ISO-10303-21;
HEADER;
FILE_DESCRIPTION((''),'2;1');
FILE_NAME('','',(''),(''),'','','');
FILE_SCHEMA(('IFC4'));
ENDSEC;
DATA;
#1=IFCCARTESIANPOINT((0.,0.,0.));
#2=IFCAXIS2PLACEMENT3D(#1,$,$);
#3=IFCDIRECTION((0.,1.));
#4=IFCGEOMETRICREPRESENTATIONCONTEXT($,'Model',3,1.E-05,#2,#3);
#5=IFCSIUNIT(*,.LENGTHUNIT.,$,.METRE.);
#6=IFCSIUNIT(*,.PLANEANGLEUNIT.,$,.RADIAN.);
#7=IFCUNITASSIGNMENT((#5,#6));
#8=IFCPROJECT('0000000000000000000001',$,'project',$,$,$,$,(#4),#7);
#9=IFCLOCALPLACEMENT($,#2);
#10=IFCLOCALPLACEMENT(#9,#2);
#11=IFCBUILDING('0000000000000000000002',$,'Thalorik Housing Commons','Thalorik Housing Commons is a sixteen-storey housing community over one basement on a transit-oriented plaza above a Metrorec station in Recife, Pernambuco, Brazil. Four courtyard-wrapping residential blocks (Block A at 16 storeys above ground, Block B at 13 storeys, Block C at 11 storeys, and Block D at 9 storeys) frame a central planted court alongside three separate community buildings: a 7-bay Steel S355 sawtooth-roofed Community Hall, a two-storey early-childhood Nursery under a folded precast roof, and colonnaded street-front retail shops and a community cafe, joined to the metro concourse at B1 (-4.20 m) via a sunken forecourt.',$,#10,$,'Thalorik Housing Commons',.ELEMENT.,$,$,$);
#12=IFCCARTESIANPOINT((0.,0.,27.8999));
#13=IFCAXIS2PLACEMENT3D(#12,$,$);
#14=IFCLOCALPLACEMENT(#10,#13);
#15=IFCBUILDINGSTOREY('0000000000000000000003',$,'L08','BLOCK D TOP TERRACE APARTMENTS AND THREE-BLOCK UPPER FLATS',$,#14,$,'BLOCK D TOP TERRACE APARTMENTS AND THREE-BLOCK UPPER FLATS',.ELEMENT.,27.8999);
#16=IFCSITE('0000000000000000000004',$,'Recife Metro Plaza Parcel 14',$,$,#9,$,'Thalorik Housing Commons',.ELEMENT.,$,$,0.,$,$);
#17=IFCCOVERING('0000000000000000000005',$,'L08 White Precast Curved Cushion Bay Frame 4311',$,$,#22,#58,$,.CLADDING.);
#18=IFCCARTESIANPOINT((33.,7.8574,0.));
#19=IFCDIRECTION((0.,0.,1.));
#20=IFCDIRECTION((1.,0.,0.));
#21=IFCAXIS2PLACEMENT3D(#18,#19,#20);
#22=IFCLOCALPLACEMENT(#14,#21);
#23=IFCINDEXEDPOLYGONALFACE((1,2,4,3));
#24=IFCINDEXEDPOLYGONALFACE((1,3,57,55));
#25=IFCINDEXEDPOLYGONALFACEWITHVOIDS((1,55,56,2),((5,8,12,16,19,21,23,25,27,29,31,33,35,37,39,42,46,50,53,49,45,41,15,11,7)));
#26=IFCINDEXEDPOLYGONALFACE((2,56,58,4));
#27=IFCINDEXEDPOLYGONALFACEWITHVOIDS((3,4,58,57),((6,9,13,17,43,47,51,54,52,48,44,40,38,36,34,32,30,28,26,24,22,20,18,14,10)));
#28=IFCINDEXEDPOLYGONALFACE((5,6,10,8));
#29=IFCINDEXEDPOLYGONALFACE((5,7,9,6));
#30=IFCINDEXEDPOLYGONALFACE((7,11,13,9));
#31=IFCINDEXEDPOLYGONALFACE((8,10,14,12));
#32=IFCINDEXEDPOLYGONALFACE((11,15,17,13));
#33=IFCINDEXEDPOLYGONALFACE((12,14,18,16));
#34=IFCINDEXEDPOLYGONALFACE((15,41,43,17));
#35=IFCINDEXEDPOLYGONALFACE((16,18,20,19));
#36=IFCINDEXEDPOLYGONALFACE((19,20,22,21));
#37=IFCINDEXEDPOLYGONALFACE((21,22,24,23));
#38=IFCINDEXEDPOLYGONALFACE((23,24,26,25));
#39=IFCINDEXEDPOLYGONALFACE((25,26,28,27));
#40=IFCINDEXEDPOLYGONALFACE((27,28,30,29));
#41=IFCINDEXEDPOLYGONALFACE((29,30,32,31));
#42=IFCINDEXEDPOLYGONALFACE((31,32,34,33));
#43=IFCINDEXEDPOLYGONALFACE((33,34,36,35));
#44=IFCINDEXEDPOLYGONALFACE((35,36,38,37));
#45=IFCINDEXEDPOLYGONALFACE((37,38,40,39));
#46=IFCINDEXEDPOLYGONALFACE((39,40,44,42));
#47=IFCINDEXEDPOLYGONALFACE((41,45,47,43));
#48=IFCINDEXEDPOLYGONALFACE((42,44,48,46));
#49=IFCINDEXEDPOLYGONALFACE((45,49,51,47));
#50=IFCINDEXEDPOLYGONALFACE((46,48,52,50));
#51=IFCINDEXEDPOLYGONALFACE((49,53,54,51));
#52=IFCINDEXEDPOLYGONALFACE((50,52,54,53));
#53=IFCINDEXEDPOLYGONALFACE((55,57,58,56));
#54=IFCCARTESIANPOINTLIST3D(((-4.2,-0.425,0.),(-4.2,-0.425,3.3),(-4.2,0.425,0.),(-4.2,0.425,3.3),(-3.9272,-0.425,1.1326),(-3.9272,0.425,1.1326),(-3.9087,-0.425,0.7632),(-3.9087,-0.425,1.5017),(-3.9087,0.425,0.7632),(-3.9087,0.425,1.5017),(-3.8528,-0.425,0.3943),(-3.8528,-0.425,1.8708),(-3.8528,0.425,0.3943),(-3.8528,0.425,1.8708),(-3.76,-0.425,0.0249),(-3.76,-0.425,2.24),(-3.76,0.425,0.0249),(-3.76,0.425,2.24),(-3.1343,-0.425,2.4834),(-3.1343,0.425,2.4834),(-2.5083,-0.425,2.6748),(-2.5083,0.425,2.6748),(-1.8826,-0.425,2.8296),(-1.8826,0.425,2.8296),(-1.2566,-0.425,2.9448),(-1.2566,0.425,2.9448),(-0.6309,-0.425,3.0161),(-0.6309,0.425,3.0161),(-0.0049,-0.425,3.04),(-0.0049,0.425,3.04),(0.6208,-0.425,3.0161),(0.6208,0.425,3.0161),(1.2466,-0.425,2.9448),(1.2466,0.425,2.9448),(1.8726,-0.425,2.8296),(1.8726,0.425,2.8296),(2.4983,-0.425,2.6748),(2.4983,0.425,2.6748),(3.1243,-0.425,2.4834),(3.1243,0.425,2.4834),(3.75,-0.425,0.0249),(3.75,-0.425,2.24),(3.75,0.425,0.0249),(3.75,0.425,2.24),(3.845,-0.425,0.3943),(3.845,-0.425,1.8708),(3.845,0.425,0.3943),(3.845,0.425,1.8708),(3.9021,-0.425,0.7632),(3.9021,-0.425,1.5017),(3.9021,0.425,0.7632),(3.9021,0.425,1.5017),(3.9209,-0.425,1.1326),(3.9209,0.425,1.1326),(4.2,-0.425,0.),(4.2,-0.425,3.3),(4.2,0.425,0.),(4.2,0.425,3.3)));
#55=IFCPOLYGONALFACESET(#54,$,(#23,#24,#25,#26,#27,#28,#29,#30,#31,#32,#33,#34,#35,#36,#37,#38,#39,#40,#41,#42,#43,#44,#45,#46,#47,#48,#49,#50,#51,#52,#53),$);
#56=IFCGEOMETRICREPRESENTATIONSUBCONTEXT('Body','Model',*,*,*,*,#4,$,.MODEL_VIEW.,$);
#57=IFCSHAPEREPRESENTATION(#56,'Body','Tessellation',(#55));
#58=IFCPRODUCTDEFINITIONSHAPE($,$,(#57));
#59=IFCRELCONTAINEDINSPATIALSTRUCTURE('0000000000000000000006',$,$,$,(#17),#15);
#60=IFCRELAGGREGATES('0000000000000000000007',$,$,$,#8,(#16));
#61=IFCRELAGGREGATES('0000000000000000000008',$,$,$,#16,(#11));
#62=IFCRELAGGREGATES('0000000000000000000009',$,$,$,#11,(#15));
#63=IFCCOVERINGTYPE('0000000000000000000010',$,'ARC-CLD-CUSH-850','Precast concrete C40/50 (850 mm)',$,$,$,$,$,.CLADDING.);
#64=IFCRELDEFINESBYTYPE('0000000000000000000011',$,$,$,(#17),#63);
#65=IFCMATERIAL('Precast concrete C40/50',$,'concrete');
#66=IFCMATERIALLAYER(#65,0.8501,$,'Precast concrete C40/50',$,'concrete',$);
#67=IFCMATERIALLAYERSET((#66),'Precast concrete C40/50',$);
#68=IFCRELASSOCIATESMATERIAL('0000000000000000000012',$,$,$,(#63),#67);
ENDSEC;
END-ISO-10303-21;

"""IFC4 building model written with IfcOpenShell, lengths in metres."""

from ifc_helpers import new_model, si_unit, direction, frame, origin, place, context, subcontext, project, spatial, polyline, outline, extrude, material, layer, layer_set, type_object, element, save


model = new_model("IFC4")

# Units and contexts
model_context = context("Model", 3, precision=1e-05, world=origin(), true_north=direction((0.0, 1.0)))
body_context = subcontext(model_context, "Body", "Model", "MODEL_VIEW")
ifc_project = project(units=[si_unit("LENGTHUNIT", "METRE"), si_unit("PLANEANGLEUNIT", "RADIAN")], contexts=[model_context])

# Site, building, storey
site_placement = place(None, origin())
site = spatial("IfcSite", under=ifc_project, at=site_placement, Name="Recife Metro Plaza Parcel 14", LongName="Thalorik Housing Commons", CompositionType="ELEMENT", RefElevation=0.0)
building_placement = place(site_placement, origin())
building = spatial("IfcBuilding", under=site, at=building_placement, Name="Thalorik Housing Commons", Description="Thalorik Housing Commons is a sixteen-storey housing community over one basement on a transit-oriented plaza above a Metrorec station in Recife, Pernambuco, Brazil. Four courtyard-wrapping residential blocks (Block A at 16 storeys above ground, Block B at 13 storeys, Block C at 11 storeys, and Block D at 9 storeys) frame a central planted court alongside three separate community buildings: a 7-bay Steel S355 sawtooth-roofed Community Hall, a two-storey early-childhood Nursery under a folded precast roof, and colonnaded street-front retail shops and a community cafe, joined to the metro concourse at B1 (-4.20 m) via a sunken forecourt.", LongName="Thalorik Housing Commons", CompositionType="ELEMENT")
storey_placement = place(building_placement, frame((0.0, 0.0, 27.8999)))
storey = spatial("IfcBuildingStorey", under=building, at=storey_placement, Name="L08", Description="BLOCK D TOP TERRACE APARTMENTS AND THREE-BLOCK UPPER FLATS", LongName="BLOCK D TOP TERRACE APARTMENTS AND THREE-BLOCK UPPER FLATS", CompositionType="ELEMENT", Elevation=27.8999)

# Shared definitions
ifc_material_1 = material(Name="Precast concrete C40/50", Category="concrete")

# Covering
ifc_layer_1 = layer(ifc_material_1, 0.8501, Name="Precast concrete C40/50", Category="concrete")
ifc_layer_set_1 = layer_set([ifc_layer_1], Name="Precast concrete C40/50")
covering_type_1 = type_object("IfcCoveringType", Name="ARC-CLD-CUSH-850", Description="Precast concrete C40/50 (850 mm)", PredefinedType="CLADDING", material=ifc_layer_set_1)
covering_1_placement = place(storey_placement, frame((33.0, 7.8574, 0.0), z_axis=(0.0, 0.0, 1.0), x_axis=(1.0, 0.0, 0.0)))
element("IfcCovering", 1, at=covering_1_placement, inside=storey, type_object=covering_type_1, Name="L08 White Precast Curved Cushion Bay Frame 4311", PredefinedType="CLADDING", context=body_context, shape_type="SweptSolid", body=[
    extrude(outline(polyline([(-4.2, 0.0), (4.2, 0.0), (4.2, 3.3), (-4.2, 3.3), (-4.2, 0.0)]), holes=[polyline([(3.75, 0.0249), (3.845, 0.3943), (3.9021, 0.7632), (3.9209, 1.1326), (3.9021, 1.5017), (3.845, 1.8708), (3.75, 2.24), (3.1243, 2.4834), (2.4983, 2.6748), (1.8726, 2.8296), (1.2466, 2.9448), (0.6208, 3.0161), (-0.0049, 3.04), (-0.6309, 3.0161), (-1.2566, 2.9448), (-1.8826, 2.8296), (-2.5083, 2.6748), (-3.1343, 2.4834), (-3.76, 2.24), (-3.8528, 1.8708), (-3.9087, 1.5017), (-3.9272, 1.1326), (-3.9087, 0.7632), (-3.8528, 0.3943), (-3.76, 0.0249), (3.75, 0.0249)])]), frame((0.0, 0.425, 0.0), z_axis=(0.0, -1.0, 0.0), x_axis=(1.0, 0.0, 0.0)), (0.0, 0.0, 1.0), 0.8501),
])

save(model, "model.ifc")
